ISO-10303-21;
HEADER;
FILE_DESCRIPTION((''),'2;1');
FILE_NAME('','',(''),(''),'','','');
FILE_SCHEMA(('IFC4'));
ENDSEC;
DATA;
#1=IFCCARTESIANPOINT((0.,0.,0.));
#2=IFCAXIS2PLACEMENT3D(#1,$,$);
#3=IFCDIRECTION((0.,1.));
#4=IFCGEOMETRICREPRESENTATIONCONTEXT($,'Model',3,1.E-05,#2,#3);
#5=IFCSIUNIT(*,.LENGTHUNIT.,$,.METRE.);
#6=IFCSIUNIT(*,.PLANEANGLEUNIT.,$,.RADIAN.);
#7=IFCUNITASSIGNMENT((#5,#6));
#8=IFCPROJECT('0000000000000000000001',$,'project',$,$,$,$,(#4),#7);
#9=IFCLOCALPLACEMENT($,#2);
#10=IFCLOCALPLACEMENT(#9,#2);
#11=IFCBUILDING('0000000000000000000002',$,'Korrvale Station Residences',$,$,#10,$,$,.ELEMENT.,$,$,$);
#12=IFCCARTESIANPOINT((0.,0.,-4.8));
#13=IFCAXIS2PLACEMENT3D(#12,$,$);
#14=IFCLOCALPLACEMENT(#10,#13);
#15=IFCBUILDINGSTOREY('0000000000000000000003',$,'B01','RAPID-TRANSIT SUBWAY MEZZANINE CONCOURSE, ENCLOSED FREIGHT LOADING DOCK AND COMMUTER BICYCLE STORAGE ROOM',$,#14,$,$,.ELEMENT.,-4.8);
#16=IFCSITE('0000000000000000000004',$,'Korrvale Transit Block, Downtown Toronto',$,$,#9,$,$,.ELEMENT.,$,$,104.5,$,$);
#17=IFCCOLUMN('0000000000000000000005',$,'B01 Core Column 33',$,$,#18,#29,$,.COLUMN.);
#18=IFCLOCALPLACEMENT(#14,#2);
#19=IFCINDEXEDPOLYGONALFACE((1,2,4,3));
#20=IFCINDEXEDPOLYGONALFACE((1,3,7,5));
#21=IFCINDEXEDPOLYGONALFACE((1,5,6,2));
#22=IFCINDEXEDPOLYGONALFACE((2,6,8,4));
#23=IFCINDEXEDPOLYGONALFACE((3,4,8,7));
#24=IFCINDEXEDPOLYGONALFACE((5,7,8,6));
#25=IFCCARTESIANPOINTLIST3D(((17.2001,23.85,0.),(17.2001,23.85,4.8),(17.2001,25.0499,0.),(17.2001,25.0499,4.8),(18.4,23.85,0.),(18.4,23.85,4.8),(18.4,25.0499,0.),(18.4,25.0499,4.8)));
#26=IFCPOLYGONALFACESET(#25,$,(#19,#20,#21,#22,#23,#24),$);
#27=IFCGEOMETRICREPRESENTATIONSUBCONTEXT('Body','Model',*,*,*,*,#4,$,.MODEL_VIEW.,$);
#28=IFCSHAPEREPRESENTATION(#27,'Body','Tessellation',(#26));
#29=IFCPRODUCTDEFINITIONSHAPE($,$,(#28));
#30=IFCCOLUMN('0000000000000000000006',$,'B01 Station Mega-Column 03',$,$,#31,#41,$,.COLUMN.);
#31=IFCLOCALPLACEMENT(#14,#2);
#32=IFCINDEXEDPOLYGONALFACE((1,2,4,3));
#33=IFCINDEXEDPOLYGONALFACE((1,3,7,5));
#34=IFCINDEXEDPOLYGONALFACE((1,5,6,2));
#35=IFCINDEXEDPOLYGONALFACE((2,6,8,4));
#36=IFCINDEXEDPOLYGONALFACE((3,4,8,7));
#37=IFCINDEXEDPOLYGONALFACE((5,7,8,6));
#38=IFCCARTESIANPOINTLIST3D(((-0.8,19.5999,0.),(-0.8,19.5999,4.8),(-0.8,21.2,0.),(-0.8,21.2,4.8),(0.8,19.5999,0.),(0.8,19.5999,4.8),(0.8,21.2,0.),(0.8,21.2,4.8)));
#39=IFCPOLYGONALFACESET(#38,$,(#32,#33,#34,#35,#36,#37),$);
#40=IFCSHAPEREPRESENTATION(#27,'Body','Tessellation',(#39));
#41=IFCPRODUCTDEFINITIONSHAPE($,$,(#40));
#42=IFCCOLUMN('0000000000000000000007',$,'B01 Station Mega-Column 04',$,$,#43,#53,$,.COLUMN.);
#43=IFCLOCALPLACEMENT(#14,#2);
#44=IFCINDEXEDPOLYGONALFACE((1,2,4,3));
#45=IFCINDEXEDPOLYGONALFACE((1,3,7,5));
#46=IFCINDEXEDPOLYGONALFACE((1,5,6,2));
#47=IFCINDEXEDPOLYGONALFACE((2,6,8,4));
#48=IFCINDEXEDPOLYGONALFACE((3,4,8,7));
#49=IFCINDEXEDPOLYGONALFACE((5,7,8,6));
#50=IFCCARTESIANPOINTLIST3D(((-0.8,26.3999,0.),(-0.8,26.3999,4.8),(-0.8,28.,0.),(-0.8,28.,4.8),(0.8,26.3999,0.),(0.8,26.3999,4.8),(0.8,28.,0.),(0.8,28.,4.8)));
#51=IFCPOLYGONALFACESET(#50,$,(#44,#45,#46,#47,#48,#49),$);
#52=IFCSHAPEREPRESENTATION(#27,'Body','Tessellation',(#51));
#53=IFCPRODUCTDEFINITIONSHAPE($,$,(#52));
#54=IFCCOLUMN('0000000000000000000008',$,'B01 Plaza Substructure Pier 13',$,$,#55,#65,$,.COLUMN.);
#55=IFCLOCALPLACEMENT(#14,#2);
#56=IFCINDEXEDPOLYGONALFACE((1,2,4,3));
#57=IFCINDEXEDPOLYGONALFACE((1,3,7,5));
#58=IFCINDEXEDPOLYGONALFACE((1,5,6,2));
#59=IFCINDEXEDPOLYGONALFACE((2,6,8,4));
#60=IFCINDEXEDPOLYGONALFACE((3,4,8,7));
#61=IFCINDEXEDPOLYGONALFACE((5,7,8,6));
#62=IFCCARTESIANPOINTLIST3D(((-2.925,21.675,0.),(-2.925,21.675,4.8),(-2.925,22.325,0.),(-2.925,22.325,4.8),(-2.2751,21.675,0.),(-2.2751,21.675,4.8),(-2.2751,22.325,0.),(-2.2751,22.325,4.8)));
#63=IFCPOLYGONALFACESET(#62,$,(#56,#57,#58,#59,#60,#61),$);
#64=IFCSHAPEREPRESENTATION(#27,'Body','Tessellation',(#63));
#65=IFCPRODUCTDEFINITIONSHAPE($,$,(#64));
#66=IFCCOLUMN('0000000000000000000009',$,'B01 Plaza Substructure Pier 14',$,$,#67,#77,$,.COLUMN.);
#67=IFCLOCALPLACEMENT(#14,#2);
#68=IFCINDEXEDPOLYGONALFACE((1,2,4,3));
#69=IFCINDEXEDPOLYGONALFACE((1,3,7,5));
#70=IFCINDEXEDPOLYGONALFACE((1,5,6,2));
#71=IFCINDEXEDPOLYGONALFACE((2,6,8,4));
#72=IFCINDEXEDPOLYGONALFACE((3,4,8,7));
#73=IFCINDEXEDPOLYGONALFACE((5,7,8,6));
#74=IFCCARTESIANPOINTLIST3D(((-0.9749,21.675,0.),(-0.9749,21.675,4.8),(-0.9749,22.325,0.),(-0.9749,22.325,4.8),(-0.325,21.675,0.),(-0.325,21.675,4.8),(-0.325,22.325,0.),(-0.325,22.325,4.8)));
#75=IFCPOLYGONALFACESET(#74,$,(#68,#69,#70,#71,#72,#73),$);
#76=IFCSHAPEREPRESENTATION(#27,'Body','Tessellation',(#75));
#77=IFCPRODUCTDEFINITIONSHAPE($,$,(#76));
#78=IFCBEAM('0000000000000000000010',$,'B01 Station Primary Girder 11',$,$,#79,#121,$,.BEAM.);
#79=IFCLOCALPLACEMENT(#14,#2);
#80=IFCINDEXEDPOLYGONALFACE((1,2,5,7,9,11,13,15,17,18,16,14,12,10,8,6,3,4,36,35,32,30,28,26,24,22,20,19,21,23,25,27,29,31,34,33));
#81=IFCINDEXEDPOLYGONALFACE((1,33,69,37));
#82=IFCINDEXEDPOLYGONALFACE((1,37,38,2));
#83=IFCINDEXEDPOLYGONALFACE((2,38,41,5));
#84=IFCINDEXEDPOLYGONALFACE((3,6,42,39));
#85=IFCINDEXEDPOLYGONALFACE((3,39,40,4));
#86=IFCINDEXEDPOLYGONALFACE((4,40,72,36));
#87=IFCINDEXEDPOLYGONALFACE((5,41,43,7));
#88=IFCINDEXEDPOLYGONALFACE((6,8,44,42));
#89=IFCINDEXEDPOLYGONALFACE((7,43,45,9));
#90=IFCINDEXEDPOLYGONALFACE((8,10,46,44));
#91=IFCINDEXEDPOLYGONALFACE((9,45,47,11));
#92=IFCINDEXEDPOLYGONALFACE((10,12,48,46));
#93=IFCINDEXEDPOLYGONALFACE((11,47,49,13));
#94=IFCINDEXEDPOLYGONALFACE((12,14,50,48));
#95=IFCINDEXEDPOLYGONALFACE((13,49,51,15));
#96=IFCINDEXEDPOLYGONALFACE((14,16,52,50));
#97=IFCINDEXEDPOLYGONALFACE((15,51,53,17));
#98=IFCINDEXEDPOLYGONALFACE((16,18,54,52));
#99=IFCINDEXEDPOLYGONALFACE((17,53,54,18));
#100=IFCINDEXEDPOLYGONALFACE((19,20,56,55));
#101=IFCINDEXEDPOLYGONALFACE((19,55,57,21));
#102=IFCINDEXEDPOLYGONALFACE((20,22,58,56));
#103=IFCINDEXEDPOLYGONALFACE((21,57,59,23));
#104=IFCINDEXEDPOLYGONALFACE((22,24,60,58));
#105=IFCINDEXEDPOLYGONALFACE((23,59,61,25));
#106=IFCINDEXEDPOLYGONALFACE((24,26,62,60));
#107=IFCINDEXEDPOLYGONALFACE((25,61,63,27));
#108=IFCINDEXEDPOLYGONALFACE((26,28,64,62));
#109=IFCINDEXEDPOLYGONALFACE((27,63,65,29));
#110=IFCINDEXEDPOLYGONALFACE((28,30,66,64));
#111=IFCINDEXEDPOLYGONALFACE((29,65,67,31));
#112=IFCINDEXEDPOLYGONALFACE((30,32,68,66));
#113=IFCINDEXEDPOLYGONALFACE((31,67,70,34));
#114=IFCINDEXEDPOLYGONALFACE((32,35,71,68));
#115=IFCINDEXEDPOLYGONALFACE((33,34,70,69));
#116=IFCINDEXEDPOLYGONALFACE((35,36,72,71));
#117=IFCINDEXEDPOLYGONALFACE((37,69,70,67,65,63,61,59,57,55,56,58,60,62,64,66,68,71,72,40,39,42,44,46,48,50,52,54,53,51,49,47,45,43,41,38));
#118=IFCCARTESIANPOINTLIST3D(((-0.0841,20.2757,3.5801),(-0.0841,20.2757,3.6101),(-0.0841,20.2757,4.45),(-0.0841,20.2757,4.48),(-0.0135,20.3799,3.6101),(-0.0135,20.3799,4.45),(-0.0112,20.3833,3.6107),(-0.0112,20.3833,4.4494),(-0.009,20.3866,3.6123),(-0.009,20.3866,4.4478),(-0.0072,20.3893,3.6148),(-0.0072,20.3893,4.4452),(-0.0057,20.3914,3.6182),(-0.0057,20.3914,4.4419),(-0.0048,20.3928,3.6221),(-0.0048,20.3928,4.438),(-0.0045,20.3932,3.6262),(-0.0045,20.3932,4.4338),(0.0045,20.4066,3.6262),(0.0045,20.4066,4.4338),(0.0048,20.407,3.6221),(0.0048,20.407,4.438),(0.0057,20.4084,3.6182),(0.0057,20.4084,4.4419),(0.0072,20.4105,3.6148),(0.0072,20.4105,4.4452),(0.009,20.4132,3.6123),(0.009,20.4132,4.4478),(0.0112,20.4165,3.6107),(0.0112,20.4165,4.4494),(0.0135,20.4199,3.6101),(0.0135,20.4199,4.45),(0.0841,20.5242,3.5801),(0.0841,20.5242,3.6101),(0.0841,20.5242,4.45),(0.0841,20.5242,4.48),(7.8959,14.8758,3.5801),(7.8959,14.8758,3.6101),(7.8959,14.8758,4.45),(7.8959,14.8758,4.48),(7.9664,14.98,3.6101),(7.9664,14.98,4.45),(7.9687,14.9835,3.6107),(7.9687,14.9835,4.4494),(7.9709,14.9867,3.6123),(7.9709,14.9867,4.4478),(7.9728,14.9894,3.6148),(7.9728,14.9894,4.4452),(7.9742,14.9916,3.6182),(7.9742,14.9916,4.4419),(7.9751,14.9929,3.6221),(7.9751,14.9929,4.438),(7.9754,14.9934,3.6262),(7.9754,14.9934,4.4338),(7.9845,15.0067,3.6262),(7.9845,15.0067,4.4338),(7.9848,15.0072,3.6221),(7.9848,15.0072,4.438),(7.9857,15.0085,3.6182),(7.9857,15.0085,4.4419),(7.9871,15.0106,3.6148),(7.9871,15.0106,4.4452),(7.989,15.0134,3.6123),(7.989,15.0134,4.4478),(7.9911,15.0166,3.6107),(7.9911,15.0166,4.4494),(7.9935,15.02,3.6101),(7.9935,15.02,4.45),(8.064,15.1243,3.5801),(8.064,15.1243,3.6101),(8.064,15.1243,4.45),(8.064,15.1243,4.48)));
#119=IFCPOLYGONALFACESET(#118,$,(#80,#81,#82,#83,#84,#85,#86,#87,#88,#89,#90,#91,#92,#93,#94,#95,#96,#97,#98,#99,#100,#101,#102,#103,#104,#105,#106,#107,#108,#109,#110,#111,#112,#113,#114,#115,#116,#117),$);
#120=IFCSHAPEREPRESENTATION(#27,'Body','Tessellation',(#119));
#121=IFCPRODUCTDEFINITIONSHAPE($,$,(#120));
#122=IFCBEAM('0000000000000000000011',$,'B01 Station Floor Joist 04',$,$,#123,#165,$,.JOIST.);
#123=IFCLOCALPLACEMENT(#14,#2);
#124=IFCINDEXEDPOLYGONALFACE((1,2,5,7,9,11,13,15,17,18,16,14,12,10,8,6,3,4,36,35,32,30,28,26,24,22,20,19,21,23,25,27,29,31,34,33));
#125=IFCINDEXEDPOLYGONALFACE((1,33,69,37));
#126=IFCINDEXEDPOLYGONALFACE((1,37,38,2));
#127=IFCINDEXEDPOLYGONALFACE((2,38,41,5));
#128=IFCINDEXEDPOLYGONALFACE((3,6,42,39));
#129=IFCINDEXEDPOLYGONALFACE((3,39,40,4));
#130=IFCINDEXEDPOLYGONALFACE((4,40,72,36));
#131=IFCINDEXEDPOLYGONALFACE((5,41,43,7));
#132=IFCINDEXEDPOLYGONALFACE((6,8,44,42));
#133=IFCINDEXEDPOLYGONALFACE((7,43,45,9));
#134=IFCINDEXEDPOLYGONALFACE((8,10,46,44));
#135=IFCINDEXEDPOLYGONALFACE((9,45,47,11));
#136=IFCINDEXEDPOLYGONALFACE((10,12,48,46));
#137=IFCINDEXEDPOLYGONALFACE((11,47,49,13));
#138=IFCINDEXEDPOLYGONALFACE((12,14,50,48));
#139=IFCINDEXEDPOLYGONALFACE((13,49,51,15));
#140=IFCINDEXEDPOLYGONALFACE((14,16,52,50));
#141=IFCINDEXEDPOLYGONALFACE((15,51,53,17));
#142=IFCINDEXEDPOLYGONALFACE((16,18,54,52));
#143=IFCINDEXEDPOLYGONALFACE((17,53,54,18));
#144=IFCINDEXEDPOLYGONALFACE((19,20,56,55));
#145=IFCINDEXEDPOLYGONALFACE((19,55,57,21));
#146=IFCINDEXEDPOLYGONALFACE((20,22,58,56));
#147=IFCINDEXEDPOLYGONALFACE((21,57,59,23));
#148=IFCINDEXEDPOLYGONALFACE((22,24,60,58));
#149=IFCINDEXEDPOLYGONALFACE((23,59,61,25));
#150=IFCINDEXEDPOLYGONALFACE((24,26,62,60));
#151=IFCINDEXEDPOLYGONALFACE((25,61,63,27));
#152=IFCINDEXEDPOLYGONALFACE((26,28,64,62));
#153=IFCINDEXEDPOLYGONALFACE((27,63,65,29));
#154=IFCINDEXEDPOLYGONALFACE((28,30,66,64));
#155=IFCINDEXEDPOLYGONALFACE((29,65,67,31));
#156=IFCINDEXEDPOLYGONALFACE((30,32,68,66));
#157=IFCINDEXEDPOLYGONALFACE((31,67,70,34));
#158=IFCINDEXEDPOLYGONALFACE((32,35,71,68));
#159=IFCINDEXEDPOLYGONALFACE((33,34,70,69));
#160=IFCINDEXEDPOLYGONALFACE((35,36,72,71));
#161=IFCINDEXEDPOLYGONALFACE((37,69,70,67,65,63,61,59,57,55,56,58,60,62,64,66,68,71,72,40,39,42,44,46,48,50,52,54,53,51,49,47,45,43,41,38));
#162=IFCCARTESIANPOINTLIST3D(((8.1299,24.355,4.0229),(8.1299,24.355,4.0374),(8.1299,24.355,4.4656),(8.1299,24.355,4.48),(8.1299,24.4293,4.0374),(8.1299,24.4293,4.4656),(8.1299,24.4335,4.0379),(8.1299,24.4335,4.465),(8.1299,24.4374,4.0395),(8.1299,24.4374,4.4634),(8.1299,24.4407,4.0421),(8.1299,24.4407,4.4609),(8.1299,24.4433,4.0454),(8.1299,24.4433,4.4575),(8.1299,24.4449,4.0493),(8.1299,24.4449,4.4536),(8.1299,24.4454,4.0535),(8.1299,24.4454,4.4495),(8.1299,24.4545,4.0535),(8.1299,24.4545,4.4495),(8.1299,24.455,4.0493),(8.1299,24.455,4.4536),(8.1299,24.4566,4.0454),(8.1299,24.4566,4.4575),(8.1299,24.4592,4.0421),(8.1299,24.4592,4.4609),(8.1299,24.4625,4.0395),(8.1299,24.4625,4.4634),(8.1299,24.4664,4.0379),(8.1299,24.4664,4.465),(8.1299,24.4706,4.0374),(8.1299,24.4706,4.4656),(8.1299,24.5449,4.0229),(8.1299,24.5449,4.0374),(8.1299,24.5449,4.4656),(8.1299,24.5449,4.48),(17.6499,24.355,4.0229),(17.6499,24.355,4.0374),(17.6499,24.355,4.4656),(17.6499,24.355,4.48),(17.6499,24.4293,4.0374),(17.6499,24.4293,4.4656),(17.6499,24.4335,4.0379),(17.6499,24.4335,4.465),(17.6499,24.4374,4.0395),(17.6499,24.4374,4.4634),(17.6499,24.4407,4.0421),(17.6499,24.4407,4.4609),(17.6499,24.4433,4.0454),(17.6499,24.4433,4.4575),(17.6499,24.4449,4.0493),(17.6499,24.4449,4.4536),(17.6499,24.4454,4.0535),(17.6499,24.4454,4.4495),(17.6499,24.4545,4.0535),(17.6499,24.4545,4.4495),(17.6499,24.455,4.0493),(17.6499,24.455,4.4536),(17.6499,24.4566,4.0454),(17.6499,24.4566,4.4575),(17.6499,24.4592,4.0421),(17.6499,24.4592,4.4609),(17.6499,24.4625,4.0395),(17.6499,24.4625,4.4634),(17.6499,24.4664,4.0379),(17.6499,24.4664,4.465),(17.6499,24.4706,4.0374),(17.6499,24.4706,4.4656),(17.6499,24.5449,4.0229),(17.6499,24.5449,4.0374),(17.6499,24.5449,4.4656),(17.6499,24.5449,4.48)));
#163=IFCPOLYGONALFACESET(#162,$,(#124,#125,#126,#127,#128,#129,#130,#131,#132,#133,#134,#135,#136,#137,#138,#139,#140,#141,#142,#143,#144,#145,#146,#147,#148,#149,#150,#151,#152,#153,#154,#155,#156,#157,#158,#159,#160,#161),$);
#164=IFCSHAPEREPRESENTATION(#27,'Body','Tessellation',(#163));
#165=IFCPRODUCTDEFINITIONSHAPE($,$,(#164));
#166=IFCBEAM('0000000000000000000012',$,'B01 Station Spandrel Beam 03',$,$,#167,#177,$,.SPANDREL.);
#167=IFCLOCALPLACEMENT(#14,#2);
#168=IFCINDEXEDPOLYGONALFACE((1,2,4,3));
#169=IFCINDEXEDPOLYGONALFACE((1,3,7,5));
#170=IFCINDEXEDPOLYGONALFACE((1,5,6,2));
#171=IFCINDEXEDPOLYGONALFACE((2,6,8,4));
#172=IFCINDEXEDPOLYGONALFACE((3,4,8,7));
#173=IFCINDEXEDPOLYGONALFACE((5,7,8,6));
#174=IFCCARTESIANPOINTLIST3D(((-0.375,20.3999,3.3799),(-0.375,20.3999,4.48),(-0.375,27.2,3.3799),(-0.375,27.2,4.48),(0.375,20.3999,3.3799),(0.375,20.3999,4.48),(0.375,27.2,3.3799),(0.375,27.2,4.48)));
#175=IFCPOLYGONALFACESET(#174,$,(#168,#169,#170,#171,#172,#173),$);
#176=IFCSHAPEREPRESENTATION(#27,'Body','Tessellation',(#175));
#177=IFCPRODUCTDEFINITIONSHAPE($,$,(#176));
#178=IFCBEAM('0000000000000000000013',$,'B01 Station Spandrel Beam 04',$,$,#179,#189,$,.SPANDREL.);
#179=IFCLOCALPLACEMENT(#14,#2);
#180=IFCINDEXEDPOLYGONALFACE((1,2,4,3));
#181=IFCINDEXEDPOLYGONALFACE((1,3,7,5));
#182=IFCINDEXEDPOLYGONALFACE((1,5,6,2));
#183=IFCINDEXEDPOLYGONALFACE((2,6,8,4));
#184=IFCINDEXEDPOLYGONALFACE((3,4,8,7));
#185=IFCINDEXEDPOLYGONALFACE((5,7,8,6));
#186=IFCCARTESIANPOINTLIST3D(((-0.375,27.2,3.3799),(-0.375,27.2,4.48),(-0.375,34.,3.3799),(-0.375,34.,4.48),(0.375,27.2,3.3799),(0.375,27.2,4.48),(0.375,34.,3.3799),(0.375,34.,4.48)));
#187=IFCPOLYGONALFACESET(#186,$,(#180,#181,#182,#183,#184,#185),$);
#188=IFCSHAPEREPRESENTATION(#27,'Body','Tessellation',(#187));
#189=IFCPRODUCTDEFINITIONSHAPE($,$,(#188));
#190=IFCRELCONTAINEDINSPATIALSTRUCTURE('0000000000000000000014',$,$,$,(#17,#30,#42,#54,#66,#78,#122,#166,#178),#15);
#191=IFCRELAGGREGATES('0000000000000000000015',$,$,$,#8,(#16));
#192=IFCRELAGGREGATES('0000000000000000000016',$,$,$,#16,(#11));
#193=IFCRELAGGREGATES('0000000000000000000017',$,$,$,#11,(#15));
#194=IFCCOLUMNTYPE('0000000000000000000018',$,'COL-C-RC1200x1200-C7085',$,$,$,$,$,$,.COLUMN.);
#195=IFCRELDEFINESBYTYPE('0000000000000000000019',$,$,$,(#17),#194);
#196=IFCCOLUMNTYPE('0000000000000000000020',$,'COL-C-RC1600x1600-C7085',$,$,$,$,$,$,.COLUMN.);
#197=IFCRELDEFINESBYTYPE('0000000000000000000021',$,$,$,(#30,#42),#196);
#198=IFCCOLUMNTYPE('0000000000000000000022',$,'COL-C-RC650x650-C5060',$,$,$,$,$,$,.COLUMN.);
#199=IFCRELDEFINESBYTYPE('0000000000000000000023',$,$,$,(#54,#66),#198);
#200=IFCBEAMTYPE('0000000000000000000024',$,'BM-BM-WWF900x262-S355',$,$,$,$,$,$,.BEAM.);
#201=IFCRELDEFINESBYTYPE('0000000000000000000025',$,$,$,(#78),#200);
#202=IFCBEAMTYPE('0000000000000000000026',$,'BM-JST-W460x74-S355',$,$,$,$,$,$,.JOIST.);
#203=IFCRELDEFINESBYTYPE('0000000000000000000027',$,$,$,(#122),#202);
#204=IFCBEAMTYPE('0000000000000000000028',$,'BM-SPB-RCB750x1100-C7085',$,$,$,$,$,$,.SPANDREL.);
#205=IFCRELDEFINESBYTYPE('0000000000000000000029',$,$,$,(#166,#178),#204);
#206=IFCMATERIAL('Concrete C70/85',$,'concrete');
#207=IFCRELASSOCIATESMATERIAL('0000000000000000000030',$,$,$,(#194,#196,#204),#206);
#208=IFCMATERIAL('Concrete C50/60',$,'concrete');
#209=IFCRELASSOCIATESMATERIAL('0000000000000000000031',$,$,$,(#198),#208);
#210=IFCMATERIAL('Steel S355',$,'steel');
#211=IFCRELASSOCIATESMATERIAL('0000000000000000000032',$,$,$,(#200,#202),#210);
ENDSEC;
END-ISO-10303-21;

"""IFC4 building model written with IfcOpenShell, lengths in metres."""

from ifc_helpers import new_model, si_unit, direction, frame, origin, origin_2d, place, context, subcontext, project, spatial, rectangle, i_section, extrude, material, material_profile, profile_set, type_object, element, save


model = new_model("IFC4")

# Units and contexts
model_context = context("Model", 3, precision=1e-05, world=origin(), true_north=direction((0.0, 1.0)))
body_context = subcontext(model_context, "Body", "Model", "MODEL_VIEW")
ifc_project = project(units=[si_unit("LENGTHUNIT", "METRE"), si_unit("PLANEANGLEUNIT", "RADIAN")], contexts=[model_context])

# Site, building, storey
site_placement = place(None, origin())
site = spatial("IfcSite", under=ifc_project, at=site_placement, Name="Korrvale Transit Block, Downtown Toronto", CompositionType="ELEMENT", RefElevation=104.5)
building_placement = place(site_placement, origin())
building = spatial("IfcBuilding", under=site, at=building_placement, Name="Korrvale Station Residences", CompositionType="ELEMENT")
storey_placement = place(building_placement, frame((0.0, 0.0, -4.8)))
storey = spatial("IfcBuildingStorey", under=building, at=storey_placement, Name="B01", Description="RAPID-TRANSIT SUBWAY MEZZANINE CONCOURSE, ENCLOSED FREIGHT LOADING DOCK AND COMMUTER BICYCLE STORAGE ROOM", CompositionType="ELEMENT", Elevation=-4.8)

# Columns
ifc_material_1 = material(Name="Concrete C70/85", Category="concrete")
ifc_material_profile_1 = material_profile(ifc_material_1, rectangle(XDim=1.2, YDim=1.2, at=origin_2d()), Name="RC1200x1200")
ifc_profile_set_1 = profile_set([ifc_material_profile_1], Name="Concrete C70/85")
column_type_1 = type_object("IfcColumnType", Name="COL-C-RC1200x1200-C7085", PredefinedType="COLUMN", material=ifc_profile_set_1)
column_placement = place(storey_placement, frame((17.8, 24.45, 0.0), z_axis=(0.0, 0.0, 1.0), x_axis=(1.0, 0.0, 0.0)))
element("IfcColumn", 1, at=column_placement, inside=storey, type_object=column_type_1, Name="B01 Core Column 33", PredefinedType="COLUMN", context=body_context, shape_type="SweptSolid", body=[
    extrude(rectangle(XDim=1.2, YDim=1.2, at=origin_2d()), origin(), (0.0, 0.0, 1.0), 4.8),
])
ifc_material_profile_2 = material_profile(ifc_material_1, rectangle(XDim=1.6001, YDim=1.6001, at=origin_2d()), Name="RC1600x1600")
ifc_profile_set_2 = profile_set([ifc_material_profile_2], Name="Concrete C70/85")
column_type_2 = type_object("IfcColumnType", Name="COL-C-RC1600x1600-C7085", PredefinedType="COLUMN", material=ifc_profile_set_2)
for number, where, z_axis, x_axis, name in (
    (2, (0.0, 20.3999, 0.0), (0.0, 0.0, 1.0), (1.0, 0.0, 0.0), "B01 Station Mega-Column 03"),
    (3, (0.0, 27.2, 0.0), (0.0, 0.0, 1.0), (1.0, 0.0, 0.0), "B01 Station Mega-Column 04"),
):
    element("IfcColumn", number, at=place(storey_placement, frame(where, z_axis=z_axis, x_axis=x_axis)), inside=storey, type_object=column_type_2, Name=name, PredefinedType="COLUMN", context=body_context, shape_type="SweptSolid", body=[
        extrude(rectangle(XDim=1.6001, YDim=1.6001, at=origin_2d()), origin(), (0.0, 0.0, 1.0), 4.8),
    ])
ifc_material_2 = material(Name="Concrete C50/60", Category="concrete")
ifc_material_profile_3 = material_profile(ifc_material_2, rectangle(XDim=0.6499, YDim=0.6499, at=origin_2d()), Name="RC650x650")
ifc_profile_set_3 = profile_set([ifc_material_profile_3], Name="Concrete C50/60")
column_type_3 = type_object("IfcColumnType", Name="COL-C-RC650x650-C5060", PredefinedType="COLUMN", material=ifc_profile_set_3)
for number, where, z_axis, x_axis, name in (
    (4, (-2.6001, 22.0, 0.0), (0.0, 0.0, 1.0), (1.0, 0.0, 0.0), "B01 Plaza Substructure Pier 13"),
    (5, (-0.6499, 22.0, 0.0), (0.0, 0.0, 1.0), (1.0, 0.0, 0.0), "B01 Plaza Substructure Pier 14"),
):
    element("IfcColumn", number, at=place(storey_placement, frame(where, z_axis=z_axis, x_axis=x_axis)), inside=storey, type_object=column_type_3, Name=name, PredefinedType="COLUMN", context=body_context, shape_type="SweptSolid", body=[
        extrude(rectangle(XDim=0.6499, YDim=0.6499, at=origin_2d()), origin(), (0.0, 0.0, 1.0), 4.8),
    ])

# Beams
ifc_material_3 = material(Name="Steel S355", Category="steel")
ifc_material_profile_4 = material_profile(ifc_material_3, i_section(OverallWidth=0.3, OverallDepth=0.8999, WebThickness=0.0161, FlangeThickness=0.03, FilletRadius=0.0161, at=origin_2d()), Name="WWF900x262")
ifc_profile_set_4 = profile_set([ifc_material_profile_4], Name="Steel S355")
beam_type_1 = type_object("IfcBeamType", Name="BM-BM-WWF900x262-S355", PredefinedType="BEAM", material=ifc_profile_set_4)
beam_1_placement = place(storey_placement, frame((0.0, 20.3999, 4.03), z_axis=(0.828202, -0.560429, 0.0), x_axis=(0.560429, 0.828202, 0.0)))
element("IfcBeam", 6, at=beam_1_placement, inside=storey, type_object=beam_type_1, Name="B01 Station Primary Girder 11", PredefinedType="BEAM", context=body_context, shape_type="SweptSolid", body=[
    extrude(i_section(OverallWidth=0.3, OverallDepth=0.8999, WebThickness=0.0161, FlangeThickness=0.03, FilletRadius=0.0161, at=origin_2d()), origin(), (0.0, 0.0, 1.0), 9.6353),
])
ifc_material_profile_5 = material_profile(ifc_material_3, i_section(OverallWidth=0.1899, OverallDepth=0.457, WebThickness=0.009, FlangeThickness=0.0144, FilletRadius=0.0161, at=origin_2d()), Name="W460x74")
ifc_profile_set_5 = profile_set([ifc_material_profile_5], Name="Steel S355")
beam_type_2 = type_object("IfcBeamType", Name="BM-JST-W460x74-S355", PredefinedType="JOIST", material=ifc_profile_set_5)
beam_2_placement = place(storey_placement, frame((8.1299, 24.45, 4.2515), z_axis=(1.0, 0.0, 0.0), x_axis=(0.0, 1.0, 0.0)))
element("IfcBeam", 7, at=beam_2_placement, inside=storey, type_object=beam_type_2, Name="B01 Station Floor Joist 04", PredefinedType="JOIST", context=body_context, shape_type="SweptSolid", body=[
    extrude(i_section(OverallWidth=0.1899, OverallDepth=0.457, WebThickness=0.009, FlangeThickness=0.0144, FilletRadius=0.0161, at=origin_2d()), origin(), (0.0, 0.0, 1.0), 9.52),
])
ifc_material_profile_6 = material_profile(ifc_material_1, rectangle(XDim=0.75, YDim=1.1001, at=origin_2d()), Name="RCB750x1100")
ifc_profile_set_6 = profile_set([ifc_material_profile_6], Name="Concrete C70/85")
beam_type_3 = type_object("IfcBeamType", Name="BM-SPB-RCB750x1100-C7085", PredefinedType="SPANDREL", material=ifc_profile_set_6)
for number, where, z_axis, x_axis, name in (
    (8, (0.0, 20.3999, 3.9299), (0.0, 1.0, 0.0), (-1.0, 0.0, 0.0), "B01 Station Spandrel Beam 03"),
    (9, (0.0, 27.2, 3.9299), (0.0, 1.0, 0.0), (-1.0, 0.0, 0.0), "B01 Station Spandrel Beam 04"),
):
    element("IfcBeam", number, at=place(storey_placement, frame(where, z_axis=z_axis, x_axis=x_axis)), inside=storey, type_object=beam_type_3, Name=name, PredefinedType="SPANDREL", context=body_context, shape_type="SweptSolid", body=[
        extrude(rectangle(XDim=0.75, YDim=1.1001, at=origin_2d()), origin(), (0.0, 0.0, 1.0), 6.8),
    ])

save(model, "model.ifc")
